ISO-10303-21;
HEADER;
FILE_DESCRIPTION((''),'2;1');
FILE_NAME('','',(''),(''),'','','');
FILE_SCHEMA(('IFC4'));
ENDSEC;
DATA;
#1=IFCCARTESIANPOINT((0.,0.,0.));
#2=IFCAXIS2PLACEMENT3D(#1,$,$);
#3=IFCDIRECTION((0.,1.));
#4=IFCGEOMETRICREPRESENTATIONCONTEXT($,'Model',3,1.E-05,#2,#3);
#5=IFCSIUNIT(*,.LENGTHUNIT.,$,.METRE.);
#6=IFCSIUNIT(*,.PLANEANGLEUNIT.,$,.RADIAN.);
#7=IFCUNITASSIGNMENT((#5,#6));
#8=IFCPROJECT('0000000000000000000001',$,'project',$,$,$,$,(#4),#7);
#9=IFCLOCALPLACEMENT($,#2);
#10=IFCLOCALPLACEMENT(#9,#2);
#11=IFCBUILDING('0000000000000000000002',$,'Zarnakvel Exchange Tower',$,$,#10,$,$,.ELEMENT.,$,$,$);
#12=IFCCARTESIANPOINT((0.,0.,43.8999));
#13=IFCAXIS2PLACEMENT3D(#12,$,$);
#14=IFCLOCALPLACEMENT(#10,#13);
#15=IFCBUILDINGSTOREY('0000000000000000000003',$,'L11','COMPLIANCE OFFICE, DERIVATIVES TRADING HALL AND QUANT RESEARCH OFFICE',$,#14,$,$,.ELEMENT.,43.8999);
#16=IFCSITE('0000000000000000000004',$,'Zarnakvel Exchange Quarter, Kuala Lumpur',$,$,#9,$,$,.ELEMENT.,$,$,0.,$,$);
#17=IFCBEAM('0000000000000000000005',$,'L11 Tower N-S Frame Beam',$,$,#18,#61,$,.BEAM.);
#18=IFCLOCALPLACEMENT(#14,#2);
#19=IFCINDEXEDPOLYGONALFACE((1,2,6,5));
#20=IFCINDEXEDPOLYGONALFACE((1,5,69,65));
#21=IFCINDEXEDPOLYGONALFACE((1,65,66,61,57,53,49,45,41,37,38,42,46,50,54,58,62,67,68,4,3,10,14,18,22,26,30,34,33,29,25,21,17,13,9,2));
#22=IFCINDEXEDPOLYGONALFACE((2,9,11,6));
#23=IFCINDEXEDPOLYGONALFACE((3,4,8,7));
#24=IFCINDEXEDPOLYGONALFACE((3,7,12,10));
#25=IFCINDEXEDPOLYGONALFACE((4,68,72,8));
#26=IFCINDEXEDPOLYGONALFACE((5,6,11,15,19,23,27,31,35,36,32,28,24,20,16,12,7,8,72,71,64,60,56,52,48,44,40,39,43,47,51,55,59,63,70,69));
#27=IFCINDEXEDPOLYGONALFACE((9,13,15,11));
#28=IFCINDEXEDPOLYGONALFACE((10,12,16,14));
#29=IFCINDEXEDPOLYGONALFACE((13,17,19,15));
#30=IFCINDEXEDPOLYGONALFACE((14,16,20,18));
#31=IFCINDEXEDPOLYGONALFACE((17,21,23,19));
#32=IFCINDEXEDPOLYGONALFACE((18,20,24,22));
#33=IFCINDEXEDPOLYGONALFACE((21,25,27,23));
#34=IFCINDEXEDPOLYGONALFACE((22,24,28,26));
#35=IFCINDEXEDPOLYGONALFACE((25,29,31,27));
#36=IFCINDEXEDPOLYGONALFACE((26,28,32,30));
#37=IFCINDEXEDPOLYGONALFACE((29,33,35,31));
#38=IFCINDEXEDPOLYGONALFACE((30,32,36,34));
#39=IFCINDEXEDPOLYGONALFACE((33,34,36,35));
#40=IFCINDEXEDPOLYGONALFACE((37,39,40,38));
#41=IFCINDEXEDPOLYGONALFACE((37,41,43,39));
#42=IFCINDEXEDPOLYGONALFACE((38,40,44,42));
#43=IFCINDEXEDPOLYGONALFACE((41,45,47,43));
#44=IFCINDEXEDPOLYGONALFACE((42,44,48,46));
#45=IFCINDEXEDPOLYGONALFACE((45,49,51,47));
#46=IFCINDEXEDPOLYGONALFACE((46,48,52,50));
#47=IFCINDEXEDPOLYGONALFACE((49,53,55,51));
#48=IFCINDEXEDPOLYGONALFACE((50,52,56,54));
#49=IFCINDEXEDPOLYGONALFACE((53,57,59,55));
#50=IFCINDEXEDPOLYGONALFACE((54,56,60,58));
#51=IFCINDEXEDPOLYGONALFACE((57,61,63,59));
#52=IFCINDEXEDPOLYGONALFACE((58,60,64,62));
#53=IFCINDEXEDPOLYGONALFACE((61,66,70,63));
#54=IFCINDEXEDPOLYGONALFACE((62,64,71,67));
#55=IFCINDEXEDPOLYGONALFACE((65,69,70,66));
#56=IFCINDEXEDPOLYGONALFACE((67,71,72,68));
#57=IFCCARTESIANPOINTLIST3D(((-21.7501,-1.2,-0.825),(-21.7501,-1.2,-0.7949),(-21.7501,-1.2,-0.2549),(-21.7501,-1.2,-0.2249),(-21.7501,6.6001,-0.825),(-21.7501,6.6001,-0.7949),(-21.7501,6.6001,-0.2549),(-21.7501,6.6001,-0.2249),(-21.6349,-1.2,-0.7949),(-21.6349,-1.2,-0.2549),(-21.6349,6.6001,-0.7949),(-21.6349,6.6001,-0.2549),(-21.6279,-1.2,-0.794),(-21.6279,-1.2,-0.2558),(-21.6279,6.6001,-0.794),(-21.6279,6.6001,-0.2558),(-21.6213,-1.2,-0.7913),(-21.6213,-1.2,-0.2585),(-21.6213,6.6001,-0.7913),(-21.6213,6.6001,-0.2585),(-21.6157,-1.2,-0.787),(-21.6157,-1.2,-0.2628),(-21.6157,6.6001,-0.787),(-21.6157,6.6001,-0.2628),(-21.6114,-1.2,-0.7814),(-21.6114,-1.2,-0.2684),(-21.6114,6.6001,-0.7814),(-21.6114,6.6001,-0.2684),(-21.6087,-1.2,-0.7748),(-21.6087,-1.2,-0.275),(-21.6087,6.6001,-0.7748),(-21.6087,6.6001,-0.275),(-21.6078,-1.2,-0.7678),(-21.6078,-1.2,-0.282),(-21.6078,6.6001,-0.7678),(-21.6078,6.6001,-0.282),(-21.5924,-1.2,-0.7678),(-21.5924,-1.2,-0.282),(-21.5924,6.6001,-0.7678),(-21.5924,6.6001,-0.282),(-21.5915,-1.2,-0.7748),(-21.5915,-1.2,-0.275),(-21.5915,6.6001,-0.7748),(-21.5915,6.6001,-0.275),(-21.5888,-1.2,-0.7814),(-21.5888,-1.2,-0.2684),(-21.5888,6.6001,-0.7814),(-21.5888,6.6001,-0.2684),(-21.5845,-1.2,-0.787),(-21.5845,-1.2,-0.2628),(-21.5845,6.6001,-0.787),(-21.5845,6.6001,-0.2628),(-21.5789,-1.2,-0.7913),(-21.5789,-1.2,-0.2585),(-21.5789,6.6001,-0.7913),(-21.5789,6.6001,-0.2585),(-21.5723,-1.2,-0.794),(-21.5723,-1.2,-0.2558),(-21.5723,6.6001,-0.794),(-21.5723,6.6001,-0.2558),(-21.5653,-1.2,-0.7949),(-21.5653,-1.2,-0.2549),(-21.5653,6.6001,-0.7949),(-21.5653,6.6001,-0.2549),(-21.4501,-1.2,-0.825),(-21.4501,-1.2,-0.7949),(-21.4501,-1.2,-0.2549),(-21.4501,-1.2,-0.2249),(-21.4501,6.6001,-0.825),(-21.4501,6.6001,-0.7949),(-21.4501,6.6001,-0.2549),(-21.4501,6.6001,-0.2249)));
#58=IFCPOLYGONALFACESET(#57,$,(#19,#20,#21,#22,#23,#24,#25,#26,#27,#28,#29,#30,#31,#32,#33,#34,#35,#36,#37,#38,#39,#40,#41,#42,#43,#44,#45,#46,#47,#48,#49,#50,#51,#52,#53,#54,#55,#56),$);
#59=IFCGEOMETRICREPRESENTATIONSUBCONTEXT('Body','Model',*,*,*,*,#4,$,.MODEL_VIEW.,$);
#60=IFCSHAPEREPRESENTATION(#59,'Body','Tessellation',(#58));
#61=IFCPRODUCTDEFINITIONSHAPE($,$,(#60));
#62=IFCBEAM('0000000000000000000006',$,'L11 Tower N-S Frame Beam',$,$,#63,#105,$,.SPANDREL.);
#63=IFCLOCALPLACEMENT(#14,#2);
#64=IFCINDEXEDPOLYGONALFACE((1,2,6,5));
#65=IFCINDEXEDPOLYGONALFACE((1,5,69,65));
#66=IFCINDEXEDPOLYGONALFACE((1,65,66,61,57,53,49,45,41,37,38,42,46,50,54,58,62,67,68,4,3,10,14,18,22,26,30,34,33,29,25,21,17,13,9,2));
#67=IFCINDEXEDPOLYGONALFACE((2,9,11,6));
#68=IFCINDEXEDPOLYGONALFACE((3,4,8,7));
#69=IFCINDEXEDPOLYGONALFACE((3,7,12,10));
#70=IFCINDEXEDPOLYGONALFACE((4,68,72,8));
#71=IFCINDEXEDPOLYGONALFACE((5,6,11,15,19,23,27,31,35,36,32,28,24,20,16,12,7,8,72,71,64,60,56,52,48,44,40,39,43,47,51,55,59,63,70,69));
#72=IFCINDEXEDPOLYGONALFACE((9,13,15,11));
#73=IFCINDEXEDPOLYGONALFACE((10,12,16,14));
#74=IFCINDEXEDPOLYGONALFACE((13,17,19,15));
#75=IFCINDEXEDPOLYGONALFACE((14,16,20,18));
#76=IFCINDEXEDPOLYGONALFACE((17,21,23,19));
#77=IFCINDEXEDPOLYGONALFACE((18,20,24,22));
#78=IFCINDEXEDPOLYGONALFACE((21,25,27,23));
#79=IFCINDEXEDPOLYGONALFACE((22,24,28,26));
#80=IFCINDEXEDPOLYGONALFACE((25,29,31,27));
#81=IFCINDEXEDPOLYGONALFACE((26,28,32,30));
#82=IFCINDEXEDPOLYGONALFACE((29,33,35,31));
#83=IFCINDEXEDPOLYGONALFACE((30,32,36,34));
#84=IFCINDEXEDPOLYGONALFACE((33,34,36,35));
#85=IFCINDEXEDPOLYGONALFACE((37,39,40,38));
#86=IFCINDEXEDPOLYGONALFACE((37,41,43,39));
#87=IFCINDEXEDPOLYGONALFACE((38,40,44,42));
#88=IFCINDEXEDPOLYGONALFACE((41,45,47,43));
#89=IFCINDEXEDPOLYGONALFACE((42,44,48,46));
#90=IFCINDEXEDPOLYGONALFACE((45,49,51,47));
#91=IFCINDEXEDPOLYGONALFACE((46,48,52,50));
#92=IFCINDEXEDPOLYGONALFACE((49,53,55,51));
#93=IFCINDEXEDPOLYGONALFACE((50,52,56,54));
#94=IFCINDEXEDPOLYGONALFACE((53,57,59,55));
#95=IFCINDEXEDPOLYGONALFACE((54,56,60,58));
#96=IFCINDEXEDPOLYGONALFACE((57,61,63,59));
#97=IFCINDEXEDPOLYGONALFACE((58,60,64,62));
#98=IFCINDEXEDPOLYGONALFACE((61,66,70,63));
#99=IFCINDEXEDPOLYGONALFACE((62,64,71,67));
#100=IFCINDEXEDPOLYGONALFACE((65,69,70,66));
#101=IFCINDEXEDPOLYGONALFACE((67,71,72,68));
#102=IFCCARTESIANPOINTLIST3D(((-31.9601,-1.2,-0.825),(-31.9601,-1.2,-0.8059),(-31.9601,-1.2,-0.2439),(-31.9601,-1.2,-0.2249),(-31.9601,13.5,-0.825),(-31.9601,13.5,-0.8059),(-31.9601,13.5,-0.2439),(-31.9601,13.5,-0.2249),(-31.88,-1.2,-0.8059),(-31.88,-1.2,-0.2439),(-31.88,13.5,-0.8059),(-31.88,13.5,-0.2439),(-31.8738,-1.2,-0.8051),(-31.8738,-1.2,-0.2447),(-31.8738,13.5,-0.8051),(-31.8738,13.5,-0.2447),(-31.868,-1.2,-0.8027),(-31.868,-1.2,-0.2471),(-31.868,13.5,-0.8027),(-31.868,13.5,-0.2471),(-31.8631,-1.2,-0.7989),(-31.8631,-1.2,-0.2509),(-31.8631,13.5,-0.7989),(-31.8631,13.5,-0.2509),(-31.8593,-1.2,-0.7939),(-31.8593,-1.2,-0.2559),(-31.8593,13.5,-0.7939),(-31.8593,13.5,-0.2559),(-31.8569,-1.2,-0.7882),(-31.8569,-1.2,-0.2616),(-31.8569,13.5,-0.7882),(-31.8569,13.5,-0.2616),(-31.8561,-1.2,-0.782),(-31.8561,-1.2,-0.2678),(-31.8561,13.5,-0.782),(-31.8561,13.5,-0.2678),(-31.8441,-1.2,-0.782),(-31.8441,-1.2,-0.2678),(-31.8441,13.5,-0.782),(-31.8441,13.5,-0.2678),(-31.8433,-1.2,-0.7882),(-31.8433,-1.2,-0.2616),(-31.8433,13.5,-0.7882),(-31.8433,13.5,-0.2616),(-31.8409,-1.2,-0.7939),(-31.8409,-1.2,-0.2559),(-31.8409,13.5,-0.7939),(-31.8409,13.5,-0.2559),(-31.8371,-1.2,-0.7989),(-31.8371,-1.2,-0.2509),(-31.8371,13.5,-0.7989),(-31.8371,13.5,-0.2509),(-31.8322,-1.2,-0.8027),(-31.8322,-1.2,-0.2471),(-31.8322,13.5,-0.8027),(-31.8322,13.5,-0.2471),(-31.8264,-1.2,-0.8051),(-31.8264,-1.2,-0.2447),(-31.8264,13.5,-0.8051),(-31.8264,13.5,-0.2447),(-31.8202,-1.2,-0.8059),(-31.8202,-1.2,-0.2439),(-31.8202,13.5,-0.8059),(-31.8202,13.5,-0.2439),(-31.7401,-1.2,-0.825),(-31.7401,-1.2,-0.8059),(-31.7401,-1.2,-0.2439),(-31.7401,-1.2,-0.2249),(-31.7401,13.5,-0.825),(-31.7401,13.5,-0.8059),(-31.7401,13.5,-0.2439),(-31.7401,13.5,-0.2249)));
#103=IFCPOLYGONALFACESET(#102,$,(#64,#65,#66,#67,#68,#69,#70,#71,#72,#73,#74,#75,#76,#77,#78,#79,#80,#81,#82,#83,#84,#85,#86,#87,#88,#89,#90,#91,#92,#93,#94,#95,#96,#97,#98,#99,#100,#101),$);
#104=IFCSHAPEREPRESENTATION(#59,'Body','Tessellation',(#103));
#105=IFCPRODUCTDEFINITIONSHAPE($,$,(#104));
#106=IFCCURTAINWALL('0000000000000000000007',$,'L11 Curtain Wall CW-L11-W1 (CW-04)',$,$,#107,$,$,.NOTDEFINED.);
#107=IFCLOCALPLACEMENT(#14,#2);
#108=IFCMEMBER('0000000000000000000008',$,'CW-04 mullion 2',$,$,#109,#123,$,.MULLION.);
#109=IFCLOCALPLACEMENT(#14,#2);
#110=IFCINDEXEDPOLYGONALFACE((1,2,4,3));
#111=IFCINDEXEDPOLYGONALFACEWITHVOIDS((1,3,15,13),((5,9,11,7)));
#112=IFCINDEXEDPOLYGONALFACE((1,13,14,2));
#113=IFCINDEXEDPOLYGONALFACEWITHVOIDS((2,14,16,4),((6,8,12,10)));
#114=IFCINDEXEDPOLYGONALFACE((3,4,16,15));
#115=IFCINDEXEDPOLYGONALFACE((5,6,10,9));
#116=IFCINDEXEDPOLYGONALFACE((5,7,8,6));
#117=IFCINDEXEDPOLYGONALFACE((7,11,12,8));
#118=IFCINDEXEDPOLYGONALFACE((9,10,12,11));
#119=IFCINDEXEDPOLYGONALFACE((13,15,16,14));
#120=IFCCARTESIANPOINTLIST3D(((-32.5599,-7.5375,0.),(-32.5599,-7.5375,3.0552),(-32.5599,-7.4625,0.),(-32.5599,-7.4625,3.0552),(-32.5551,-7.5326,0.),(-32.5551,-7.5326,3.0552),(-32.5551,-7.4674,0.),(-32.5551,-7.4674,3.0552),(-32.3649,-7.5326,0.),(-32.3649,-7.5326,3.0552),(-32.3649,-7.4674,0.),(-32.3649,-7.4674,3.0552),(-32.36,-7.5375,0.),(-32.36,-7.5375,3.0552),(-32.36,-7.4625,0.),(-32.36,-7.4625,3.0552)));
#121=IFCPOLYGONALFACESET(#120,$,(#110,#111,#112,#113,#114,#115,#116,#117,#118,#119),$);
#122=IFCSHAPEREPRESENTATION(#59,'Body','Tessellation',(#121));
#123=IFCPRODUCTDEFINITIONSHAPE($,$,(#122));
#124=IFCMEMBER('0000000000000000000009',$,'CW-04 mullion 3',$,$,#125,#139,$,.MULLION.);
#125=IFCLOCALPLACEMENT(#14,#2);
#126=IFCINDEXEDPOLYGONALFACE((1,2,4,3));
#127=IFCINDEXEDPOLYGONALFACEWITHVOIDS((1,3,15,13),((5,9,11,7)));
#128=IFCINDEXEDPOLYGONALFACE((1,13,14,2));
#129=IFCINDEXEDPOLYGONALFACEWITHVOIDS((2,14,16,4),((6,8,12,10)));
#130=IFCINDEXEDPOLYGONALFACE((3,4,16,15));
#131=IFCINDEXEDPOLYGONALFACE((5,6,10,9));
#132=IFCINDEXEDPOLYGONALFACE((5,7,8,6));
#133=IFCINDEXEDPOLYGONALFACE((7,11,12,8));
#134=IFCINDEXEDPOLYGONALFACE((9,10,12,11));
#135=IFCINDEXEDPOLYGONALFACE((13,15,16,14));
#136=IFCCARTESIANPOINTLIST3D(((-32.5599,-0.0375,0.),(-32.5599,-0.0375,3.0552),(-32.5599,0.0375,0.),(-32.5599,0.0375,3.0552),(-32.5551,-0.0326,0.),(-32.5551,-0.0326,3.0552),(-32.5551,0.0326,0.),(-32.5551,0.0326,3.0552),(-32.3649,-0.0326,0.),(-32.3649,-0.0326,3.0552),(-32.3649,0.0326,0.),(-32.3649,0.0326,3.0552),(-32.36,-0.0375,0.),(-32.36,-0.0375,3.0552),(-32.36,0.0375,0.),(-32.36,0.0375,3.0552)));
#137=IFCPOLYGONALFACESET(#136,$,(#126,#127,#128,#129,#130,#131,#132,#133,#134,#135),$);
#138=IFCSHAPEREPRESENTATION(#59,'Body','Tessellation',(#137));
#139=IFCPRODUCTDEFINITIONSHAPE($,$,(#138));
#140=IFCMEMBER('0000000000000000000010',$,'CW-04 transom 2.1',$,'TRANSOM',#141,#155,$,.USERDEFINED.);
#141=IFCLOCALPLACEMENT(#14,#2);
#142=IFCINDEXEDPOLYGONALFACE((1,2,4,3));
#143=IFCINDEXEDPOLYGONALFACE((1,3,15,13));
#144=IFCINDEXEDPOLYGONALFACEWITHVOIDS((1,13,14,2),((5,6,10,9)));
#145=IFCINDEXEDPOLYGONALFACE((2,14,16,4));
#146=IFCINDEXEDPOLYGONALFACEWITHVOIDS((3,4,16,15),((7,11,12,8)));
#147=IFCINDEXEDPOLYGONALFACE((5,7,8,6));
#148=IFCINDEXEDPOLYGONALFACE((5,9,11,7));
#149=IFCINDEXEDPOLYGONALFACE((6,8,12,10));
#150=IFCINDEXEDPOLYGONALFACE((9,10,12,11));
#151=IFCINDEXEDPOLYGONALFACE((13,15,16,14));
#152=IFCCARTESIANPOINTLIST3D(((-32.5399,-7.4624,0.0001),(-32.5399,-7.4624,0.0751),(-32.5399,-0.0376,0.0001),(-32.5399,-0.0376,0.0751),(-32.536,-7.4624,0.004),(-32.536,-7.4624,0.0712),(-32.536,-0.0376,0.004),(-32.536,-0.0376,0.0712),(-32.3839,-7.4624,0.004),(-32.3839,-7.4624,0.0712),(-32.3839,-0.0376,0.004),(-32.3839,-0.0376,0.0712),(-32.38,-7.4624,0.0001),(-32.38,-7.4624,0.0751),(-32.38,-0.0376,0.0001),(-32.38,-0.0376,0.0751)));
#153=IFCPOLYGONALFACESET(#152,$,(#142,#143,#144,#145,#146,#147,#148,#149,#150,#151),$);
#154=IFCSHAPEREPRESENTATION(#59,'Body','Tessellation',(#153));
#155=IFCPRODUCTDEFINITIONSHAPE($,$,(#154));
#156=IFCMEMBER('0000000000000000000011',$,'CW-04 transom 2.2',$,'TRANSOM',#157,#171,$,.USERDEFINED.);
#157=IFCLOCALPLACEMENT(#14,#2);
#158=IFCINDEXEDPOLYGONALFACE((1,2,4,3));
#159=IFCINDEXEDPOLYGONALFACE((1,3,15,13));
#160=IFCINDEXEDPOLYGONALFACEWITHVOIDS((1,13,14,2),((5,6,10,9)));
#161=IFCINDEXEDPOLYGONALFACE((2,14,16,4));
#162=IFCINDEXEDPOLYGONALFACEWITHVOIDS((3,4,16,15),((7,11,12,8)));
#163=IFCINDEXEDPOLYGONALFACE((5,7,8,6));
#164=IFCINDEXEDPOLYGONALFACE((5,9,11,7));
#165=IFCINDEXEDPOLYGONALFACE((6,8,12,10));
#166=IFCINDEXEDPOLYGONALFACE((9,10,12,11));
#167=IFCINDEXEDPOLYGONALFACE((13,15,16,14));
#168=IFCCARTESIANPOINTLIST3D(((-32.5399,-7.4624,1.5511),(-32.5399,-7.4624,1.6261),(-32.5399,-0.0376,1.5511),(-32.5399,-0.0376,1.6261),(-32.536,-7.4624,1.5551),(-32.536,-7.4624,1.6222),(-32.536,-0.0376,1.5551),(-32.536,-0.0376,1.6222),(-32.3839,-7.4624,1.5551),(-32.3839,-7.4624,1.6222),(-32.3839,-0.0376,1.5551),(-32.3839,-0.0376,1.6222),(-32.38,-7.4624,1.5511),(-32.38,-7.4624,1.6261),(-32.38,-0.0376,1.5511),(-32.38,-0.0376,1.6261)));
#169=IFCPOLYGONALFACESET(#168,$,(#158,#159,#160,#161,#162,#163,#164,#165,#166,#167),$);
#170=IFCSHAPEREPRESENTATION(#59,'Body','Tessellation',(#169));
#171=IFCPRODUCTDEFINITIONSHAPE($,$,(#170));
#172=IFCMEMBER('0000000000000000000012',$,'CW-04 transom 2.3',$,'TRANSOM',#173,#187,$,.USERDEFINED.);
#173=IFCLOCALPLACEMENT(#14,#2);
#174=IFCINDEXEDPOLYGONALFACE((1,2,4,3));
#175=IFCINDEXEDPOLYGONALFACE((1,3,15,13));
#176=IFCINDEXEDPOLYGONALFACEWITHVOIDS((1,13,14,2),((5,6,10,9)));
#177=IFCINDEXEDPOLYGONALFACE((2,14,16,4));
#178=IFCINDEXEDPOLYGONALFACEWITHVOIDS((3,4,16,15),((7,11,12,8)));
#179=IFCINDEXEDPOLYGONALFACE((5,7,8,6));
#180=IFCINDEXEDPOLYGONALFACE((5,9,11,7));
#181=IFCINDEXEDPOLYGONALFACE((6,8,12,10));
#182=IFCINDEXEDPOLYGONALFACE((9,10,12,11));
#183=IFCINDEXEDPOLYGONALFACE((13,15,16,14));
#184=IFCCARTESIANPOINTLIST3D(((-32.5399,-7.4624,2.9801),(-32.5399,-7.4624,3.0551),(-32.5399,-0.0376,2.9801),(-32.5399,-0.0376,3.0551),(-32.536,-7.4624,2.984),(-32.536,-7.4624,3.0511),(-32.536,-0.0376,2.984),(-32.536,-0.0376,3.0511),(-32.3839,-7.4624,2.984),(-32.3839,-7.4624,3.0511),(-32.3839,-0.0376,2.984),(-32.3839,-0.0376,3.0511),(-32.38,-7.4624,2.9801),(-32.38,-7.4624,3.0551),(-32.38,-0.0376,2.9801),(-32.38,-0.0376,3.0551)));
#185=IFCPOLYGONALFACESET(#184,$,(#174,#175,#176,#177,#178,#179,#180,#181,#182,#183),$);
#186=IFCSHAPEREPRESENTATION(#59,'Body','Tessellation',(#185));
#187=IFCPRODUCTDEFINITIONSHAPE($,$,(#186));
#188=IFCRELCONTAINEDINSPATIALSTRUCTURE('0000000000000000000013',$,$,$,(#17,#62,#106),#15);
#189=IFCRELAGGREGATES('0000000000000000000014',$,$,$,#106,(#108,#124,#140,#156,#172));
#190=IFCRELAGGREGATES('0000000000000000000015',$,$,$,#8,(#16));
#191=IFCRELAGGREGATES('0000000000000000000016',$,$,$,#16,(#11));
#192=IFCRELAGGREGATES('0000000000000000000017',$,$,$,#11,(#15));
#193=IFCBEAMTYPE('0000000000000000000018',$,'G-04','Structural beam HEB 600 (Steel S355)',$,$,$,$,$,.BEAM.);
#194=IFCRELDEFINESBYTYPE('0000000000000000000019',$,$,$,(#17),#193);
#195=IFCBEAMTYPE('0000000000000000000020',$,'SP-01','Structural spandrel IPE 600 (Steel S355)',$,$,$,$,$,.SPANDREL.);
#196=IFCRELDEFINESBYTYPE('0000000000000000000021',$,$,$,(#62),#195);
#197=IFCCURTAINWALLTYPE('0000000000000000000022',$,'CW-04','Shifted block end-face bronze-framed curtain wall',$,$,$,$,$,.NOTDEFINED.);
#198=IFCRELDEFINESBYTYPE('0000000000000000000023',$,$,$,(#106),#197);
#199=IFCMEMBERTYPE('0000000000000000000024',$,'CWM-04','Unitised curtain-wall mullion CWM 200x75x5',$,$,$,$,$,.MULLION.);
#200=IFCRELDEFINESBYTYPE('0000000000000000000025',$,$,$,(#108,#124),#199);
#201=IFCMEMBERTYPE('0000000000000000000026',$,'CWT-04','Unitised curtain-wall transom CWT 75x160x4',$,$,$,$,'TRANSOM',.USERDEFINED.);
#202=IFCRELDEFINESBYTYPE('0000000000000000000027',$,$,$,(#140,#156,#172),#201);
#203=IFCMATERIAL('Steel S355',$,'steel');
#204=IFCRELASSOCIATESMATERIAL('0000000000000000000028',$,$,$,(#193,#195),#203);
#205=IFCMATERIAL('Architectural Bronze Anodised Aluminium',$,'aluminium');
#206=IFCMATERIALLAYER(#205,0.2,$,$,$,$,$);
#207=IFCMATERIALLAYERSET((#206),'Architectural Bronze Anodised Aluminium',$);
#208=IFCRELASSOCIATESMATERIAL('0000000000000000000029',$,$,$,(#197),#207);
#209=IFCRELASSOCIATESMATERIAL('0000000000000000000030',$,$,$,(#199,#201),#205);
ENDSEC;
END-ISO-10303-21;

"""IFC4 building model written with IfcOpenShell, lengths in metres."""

from ifc_helpers import new_model, si_unit, direction, frame, origin, origin_2d, place, context, subcontext, project, spatial, hollow_rectangle, i_section, extrude, source, transform, mapped, material, layer, layer_set, material_profile, profile_set, type_object, element, aggregate, save


model = new_model("IFC4")

# Units and contexts
model_context = context("Model", 3, precision=1e-05, world=origin(), true_north=direction((0.0, 1.0)))
body_context = subcontext(model_context, "Body", "Model", "MODEL_VIEW")
ifc_project = project(units=[si_unit("LENGTHUNIT", "METRE"), si_unit("PLANEANGLEUNIT", "RADIAN")], contexts=[model_context])

# Site, building, storey
site_placement = place(None, origin())
site = spatial("IfcSite", under=ifc_project, at=site_placement, Name="Zarnakvel Exchange Quarter, Kuala Lumpur", CompositionType="ELEMENT", RefElevation=0.0)
building_placement = place(site_placement, origin())
building = spatial("IfcBuilding", under=site, at=building_placement, Name="Zarnakvel Exchange Tower", CompositionType="ELEMENT")
storey_placement = place(building_placement, frame((0.0, 0.0, 43.8999)))
storey = spatial("IfcBuildingStorey", under=building, at=storey_placement, Name="L11", Description="COMPLIANCE OFFICE, DERIVATIVES TRADING HALL AND QUANT RESEARCH OFFICE", CompositionType="ELEMENT", Elevation=43.8999)

# Shared definitions
ifc_material_1 = material(Name="Steel S355", Category="steel")

# Beams
ifc_material_profile_1 = material_profile(ifc_material_1, i_section(OverallWidth=0.3, OverallDepth=0.6001, WebThickness=0.0154, FlangeThickness=0.03, FilletRadius=0.0271, at=origin_2d()))
ifc_profile_set_1 = profile_set([ifc_material_profile_1], Name="Steel S355")
beam_type_1 = type_object("IfcBeamType", Name="G-04", Description="Structural beam HEB 600 (Steel S355)", PredefinedType="BEAM", material=ifc_profile_set_1)
beam_1_placement = place(storey_placement, frame((-21.6001, -1.2, -0.5249), z_axis=(0.0, 1.0, 0.0), x_axis=(-1.0, 0.0, 0.0)))
element("IfcBeam", 1, at=beam_1_placement, inside=storey, type_object=beam_type_1, Name="L11 Tower N-S Frame Beam", PredefinedType="BEAM", context=body_context, shape_type="SweptSolid", body=[
    extrude(i_section(OverallWidth=0.3, OverallDepth=0.6001, WebThickness=0.0154, FlangeThickness=0.03, FilletRadius=0.0271, at=origin_2d()), origin(), (0.0, 0.0, 1.0), 7.8),
])
ifc_material_profile_2 = material_profile(ifc_material_1, i_section(OverallWidth=0.22, OverallDepth=0.6001, WebThickness=0.012, FlangeThickness=0.019, FilletRadius=0.0239, at=origin_2d()))
ifc_profile_set_2 = profile_set([ifc_material_profile_2], Name="Steel S355")
beam_type_2 = type_object("IfcBeamType", Name="SP-01", Description="Structural spandrel IPE 600 (Steel S355)", PredefinedType="SPANDREL", material=ifc_profile_set_2)
beam_2_placement = place(storey_placement, frame((-31.8501, -1.2, -0.5249), z_axis=(0.0, 1.0, 0.0), x_axis=(-1.0, 0.0, 0.0)))
element("IfcBeam", 2, at=beam_2_placement, inside=storey, type_object=beam_type_2, Name="L11 Tower N-S Frame Beam", PredefinedType="SPANDREL", context=body_context, shape_type="SweptSolid", body=[
    extrude(i_section(OverallWidth=0.22, OverallDepth=0.6001, WebThickness=0.012, FlangeThickness=0.019, FilletRadius=0.0239, at=origin_2d()), origin(), (0.0, 0.0, 1.0), 14.7),
])

# Curtain wall, members
ifc_material_2 = material(Name="Architectural Bronze Anodised Aluminium", Category="aluminium")
ifc_layer_1 = layer(ifc_material_2, 0.2)
ifc_layer_set_1 = layer_set([ifc_layer_1], Name="Architectural Bronze Anodised Aluminium")
curtain_wall_type = type_object("IfcCurtainWallType", Name="CW-04", Description="Shifted block end-face bronze-framed curtain wall", PredefinedType="NOTDEFINED", material=ifc_layer_set_1)
curtain_wall_placement = place(storey_placement, origin())
curtain_wall = element("IfcCurtainWall", 3, at=curtain_wall_placement, inside=storey, type_object=curtain_wall_type, Name="L11 Curtain Wall CW-L11-W1 (CW-04)", PredefinedType="NOTDEFINED")
ifc_material_profile_3 = material_profile(ifc_material_2, hollow_rectangle(XDim=0.2, YDim=0.075, WallThickness=0.0049, at=origin_2d()))
ifc_profile_set_3 = profile_set([ifc_material_profile_3], Name="Architectural Bronze Anodised Aluminium")
member_type_1 = type_object("IfcMemberType", Name="CWM-04", Description="Unitised curtain-wall mullion CWM 200x75x5", PredefinedType="MULLION", material=ifc_profile_set_3)
shared_shape_1 = source(origin(), body_context, "Body", "SweptSolid", [
    extrude(hollow_rectangle(XDim=0.2, YDim=0.075, WallThickness=0.0049, at=origin_2d()), origin(), (0.0, 0.0, 1.0), 3.0552),
])
member_1_placement = place(storey_placement, frame((-32.46, -7.5, 0.0), z_axis=(0.0, 0.0, 1.0), x_axis=(-1.0, 0.0, 0.0)))
member_1 = element("IfcMember", 4, at=member_1_placement, type_object=member_type_1, Name="CW-04 mullion 2", PredefinedType="MULLION", context=body_context, shape_type="MappedRepresentation", body=[
    mapped(shared_shape_1, transform((0.0, 0.0, 0.0), x_axis=(1.0, 0.0, 0.0), y_axis=(0.0, 1.0, 0.0), z_axis=(0.0, 0.0, 1.0), scale=1.0)),
])
member_2_placement = place(storey_placement, frame((-32.46, 0.0, 0.0), z_axis=(0.0, 0.0, 1.0), x_axis=(-1.0, 0.0, 0.0)))
member_2 = element("IfcMember", 5, at=member_2_placement, type_object=member_type_1, Name="CW-04 mullion 3", PredefinedType="MULLION", context=body_context, shape_type="MappedRepresentation", body=[
    mapped(shared_shape_1, transform((0.0, 0.0, 0.0), x_axis=(1.0, 0.0, 0.0), y_axis=(0.0, 1.0, 0.0), z_axis=(0.0, 0.0, 1.0), scale=1.0)),
])
ifc_material_profile_4 = material_profile(ifc_material_2, hollow_rectangle(XDim=0.1599, YDim=0.075, WallThickness=0.0039, at=origin_2d()))
ifc_profile_set_4 = profile_set([ifc_material_profile_4], Name="Architectural Bronze Anodised Aluminium")
member_type_2 = type_object("IfcMemberType", Name="CWT-04", Description="Unitised curtain-wall transom CWT 75x160x4", ElementType="TRANSOM", PredefinedType="USERDEFINED", material=ifc_profile_set_4)
shared_shape_2 = source(origin(), body_context, "Body", "SweptSolid", [
    extrude(hollow_rectangle(XDim=0.1599, YDim=0.075, WallThickness=0.0039, at=origin_2d()), origin(), (0.0, 0.0, 1.0), 7.4248),
])
member_3_placement = place(storey_placement, frame((-32.46, -7.4624, 0.0376), z_axis=(0.0, 1.0, 0.0), x_axis=(-1.0, 0.0, 0.0)))
member_3 = element("IfcMember", 6, at=member_3_placement, type_object=member_type_2, Name="CW-04 transom 2.1", ObjectType="TRANSOM", PredefinedType="USERDEFINED", context=body_context, shape_type="MappedRepresentation", body=[
    mapped(shared_shape_2, transform((0.0, 0.0, 0.0), x_axis=(1.0, 0.0, 0.0), y_axis=(0.0, 1.0, 0.0), z_axis=(0.0, 0.0, 1.0), scale=1.0)),
])
member_4_placement = place(storey_placement, frame((-32.46, -7.4624, 1.5886), z_axis=(0.0, 1.0, 0.0), x_axis=(-1.0, 0.0, 0.0)))
member_4 = element("IfcMember", 7, at=member_4_placement, type_object=member_type_2, Name="CW-04 transom 2.2", ObjectType="TRANSOM", PredefinedType="USERDEFINED", context=body_context, shape_type="MappedRepresentation", body=[
    mapped(shared_shape_2, transform((0.0, 0.0, 0.0), x_axis=(1.0, 0.0, 0.0), y_axis=(0.0, 1.0, 0.0), z_axis=(0.0, 0.0, 1.0), scale=1.0)),
])
member_5_placement = place(storey_placement, frame((-32.46, -7.4624, 3.0176), z_axis=(0.0, 1.0, 0.0), x_axis=(-1.0, 0.0, 0.0)))
member_5 = element("IfcMember", 8, at=member_5_placement, type_object=member_type_2, Name="CW-04 transom 2.3", ObjectType="TRANSOM", PredefinedType="USERDEFINED", context=body_context, shape_type="MappedRepresentation", body=[
    mapped(shared_shape_2, transform((0.0, 0.0, 0.0), x_axis=(1.0, 0.0, 0.0), y_axis=(0.0, 1.0, 0.0), z_axis=(0.0, 0.0, 1.0), scale=1.0)),
])
aggregate(curtain_wall, [member_1, member_2, member_3, member_4, member_5])

save(model, "model.ifc")
